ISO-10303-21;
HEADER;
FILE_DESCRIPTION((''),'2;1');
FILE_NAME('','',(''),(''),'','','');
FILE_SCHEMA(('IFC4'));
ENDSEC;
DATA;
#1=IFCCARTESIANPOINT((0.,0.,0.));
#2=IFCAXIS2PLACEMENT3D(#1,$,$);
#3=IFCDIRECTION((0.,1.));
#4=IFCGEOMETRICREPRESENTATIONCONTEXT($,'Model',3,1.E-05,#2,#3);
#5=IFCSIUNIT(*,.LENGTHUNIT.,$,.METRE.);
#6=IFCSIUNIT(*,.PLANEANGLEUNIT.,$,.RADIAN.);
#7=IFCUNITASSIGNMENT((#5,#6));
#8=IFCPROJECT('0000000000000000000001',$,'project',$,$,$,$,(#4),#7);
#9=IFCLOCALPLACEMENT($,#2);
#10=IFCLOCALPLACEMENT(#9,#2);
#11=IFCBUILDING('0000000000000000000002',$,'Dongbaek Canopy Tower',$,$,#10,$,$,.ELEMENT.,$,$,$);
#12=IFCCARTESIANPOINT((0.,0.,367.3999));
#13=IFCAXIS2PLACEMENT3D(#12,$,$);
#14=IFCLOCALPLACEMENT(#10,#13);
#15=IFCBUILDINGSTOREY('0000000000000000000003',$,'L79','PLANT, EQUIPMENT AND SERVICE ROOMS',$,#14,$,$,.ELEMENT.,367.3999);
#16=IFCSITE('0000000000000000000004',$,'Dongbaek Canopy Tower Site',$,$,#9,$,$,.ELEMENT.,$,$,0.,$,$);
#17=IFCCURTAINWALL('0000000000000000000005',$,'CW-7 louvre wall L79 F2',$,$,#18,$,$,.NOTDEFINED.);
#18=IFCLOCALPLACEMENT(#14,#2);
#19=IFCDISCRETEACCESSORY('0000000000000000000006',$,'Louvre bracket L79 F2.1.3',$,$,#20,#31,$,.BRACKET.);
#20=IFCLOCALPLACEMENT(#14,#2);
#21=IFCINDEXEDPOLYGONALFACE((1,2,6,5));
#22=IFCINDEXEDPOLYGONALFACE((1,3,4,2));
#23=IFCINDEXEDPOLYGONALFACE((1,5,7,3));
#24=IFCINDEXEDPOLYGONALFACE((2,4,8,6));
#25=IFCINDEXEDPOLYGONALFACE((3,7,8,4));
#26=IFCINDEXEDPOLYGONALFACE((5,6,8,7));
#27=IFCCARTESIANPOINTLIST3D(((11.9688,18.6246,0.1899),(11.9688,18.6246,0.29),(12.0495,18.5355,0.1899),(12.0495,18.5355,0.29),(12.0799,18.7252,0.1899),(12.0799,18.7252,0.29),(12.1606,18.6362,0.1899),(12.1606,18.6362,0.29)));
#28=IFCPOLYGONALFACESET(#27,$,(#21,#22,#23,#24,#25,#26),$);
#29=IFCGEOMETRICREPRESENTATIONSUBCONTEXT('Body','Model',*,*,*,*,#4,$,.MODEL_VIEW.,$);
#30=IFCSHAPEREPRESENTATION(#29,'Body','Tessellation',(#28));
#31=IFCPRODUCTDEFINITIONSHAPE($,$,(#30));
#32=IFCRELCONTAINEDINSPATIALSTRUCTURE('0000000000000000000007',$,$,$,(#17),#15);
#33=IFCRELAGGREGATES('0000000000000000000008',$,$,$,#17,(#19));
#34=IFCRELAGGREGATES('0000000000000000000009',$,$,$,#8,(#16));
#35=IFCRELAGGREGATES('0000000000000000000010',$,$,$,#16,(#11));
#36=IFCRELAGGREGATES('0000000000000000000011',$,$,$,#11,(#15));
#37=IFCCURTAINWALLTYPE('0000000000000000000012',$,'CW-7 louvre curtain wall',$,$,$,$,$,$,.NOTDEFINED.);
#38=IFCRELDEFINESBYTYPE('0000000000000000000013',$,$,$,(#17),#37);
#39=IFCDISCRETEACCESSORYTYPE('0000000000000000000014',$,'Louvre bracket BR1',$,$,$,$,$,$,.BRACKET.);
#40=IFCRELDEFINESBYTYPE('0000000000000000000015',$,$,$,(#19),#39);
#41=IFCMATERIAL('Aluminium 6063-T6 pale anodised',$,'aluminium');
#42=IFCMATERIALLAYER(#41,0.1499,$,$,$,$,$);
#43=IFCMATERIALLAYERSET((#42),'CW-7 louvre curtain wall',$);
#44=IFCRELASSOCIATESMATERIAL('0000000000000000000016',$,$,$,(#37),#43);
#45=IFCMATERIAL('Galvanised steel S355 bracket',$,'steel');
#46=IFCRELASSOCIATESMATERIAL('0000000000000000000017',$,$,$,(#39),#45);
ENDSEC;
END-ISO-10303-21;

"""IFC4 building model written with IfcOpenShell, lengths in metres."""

from ifc_helpers import new_model, si_unit, direction, frame, origin, origin_2d, place, context, subcontext, project, spatial, rectangle, extrude, material, layer, layer_set, type_object, element, aggregate, save


model = new_model("IFC4")

# Units and contexts
model_context = context("Model", 3, precision=1e-05, world=origin(), true_north=direction((0.0, 1.0)))
body_context = subcontext(model_context, "Body", "Model", "MODEL_VIEW")
ifc_project = project(units=[si_unit("LENGTHUNIT", "METRE"), si_unit("PLANEANGLEUNIT", "RADIAN")], contexts=[model_context])

# Site, building, storey
site_placement = place(None, origin())
site = spatial("IfcSite", under=ifc_project, at=site_placement, Name="Dongbaek Canopy Tower Site", CompositionType="ELEMENT", RefElevation=0.0)
building_placement = place(site_placement, origin())
building = spatial("IfcBuilding", under=site, at=building_placement, Name="Dongbaek Canopy Tower", CompositionType="ELEMENT")
storey_placement = place(building_placement, frame((0.0, 0.0, 367.3999)))
storey = spatial("IfcBuildingStorey", under=building, at=storey_placement, Name="L79", Description="PLANT, EQUIPMENT AND SERVICE ROOMS", CompositionType="ELEMENT", Elevation=367.3999)

# Shared definitions
ifc_material_1 = material(Name="Aluminium 6063-T6 pale anodised", Category="aluminium")
ifc_layer_1 = layer(ifc_material_1, 0.1499)
ifc_layer_set_1 = layer_set([ifc_layer_1], Name="CW-7 louvre curtain wall")
curtain_wall_type = type_object("IfcCurtainWallType", Name="CW-7 louvre curtain wall", PredefinedType="NOTDEFINED", material=ifc_layer_set_1)

# Curtain wall
curtain_wall_1_placement = place(storey_placement, origin())
curtain_wall_1 = element("IfcCurtainWall", 1, at=curtain_wall_1_placement, inside=storey, type_object=curtain_wall_type, Name="CW-7 louvre wall L79 F2", PredefinedType="NOTDEFINED")

# Discrete accessory
ifc_material_2 = material(Name="Galvanised steel S355 bracket", Category="steel")
discrete_accessory_type = type_object("IfcDiscreteAccessoryType", Name="Louvre bracket BR1", PredefinedType="BRACKET", material=ifc_material_2)
discrete_accessory_1_placement = place(storey_placement, frame((12.0647, 18.6304, 0.1899), z_axis=(0.0, 0.0, 1.0), x_axis=(-0.67126, 0.741222, 0.0)))
discrete_accessory_1 = element("IfcDiscreteAccessory", 2, at=discrete_accessory_1_placement, type_object=discrete_accessory_type, Name="Louvre bracket L79 F2.1.3", PredefinedType="BRACKET", context=body_context, shape_type="SweptSolid", body=[
    extrude(rectangle(XDim=0.1201, YDim=0.1499, at=origin_2d()), origin(), (0.0, 0.0, 1.0), 0.1001),
])
aggregate(curtain_wall_1, [discrete_accessory_1])

save(model, "model.ifc")
